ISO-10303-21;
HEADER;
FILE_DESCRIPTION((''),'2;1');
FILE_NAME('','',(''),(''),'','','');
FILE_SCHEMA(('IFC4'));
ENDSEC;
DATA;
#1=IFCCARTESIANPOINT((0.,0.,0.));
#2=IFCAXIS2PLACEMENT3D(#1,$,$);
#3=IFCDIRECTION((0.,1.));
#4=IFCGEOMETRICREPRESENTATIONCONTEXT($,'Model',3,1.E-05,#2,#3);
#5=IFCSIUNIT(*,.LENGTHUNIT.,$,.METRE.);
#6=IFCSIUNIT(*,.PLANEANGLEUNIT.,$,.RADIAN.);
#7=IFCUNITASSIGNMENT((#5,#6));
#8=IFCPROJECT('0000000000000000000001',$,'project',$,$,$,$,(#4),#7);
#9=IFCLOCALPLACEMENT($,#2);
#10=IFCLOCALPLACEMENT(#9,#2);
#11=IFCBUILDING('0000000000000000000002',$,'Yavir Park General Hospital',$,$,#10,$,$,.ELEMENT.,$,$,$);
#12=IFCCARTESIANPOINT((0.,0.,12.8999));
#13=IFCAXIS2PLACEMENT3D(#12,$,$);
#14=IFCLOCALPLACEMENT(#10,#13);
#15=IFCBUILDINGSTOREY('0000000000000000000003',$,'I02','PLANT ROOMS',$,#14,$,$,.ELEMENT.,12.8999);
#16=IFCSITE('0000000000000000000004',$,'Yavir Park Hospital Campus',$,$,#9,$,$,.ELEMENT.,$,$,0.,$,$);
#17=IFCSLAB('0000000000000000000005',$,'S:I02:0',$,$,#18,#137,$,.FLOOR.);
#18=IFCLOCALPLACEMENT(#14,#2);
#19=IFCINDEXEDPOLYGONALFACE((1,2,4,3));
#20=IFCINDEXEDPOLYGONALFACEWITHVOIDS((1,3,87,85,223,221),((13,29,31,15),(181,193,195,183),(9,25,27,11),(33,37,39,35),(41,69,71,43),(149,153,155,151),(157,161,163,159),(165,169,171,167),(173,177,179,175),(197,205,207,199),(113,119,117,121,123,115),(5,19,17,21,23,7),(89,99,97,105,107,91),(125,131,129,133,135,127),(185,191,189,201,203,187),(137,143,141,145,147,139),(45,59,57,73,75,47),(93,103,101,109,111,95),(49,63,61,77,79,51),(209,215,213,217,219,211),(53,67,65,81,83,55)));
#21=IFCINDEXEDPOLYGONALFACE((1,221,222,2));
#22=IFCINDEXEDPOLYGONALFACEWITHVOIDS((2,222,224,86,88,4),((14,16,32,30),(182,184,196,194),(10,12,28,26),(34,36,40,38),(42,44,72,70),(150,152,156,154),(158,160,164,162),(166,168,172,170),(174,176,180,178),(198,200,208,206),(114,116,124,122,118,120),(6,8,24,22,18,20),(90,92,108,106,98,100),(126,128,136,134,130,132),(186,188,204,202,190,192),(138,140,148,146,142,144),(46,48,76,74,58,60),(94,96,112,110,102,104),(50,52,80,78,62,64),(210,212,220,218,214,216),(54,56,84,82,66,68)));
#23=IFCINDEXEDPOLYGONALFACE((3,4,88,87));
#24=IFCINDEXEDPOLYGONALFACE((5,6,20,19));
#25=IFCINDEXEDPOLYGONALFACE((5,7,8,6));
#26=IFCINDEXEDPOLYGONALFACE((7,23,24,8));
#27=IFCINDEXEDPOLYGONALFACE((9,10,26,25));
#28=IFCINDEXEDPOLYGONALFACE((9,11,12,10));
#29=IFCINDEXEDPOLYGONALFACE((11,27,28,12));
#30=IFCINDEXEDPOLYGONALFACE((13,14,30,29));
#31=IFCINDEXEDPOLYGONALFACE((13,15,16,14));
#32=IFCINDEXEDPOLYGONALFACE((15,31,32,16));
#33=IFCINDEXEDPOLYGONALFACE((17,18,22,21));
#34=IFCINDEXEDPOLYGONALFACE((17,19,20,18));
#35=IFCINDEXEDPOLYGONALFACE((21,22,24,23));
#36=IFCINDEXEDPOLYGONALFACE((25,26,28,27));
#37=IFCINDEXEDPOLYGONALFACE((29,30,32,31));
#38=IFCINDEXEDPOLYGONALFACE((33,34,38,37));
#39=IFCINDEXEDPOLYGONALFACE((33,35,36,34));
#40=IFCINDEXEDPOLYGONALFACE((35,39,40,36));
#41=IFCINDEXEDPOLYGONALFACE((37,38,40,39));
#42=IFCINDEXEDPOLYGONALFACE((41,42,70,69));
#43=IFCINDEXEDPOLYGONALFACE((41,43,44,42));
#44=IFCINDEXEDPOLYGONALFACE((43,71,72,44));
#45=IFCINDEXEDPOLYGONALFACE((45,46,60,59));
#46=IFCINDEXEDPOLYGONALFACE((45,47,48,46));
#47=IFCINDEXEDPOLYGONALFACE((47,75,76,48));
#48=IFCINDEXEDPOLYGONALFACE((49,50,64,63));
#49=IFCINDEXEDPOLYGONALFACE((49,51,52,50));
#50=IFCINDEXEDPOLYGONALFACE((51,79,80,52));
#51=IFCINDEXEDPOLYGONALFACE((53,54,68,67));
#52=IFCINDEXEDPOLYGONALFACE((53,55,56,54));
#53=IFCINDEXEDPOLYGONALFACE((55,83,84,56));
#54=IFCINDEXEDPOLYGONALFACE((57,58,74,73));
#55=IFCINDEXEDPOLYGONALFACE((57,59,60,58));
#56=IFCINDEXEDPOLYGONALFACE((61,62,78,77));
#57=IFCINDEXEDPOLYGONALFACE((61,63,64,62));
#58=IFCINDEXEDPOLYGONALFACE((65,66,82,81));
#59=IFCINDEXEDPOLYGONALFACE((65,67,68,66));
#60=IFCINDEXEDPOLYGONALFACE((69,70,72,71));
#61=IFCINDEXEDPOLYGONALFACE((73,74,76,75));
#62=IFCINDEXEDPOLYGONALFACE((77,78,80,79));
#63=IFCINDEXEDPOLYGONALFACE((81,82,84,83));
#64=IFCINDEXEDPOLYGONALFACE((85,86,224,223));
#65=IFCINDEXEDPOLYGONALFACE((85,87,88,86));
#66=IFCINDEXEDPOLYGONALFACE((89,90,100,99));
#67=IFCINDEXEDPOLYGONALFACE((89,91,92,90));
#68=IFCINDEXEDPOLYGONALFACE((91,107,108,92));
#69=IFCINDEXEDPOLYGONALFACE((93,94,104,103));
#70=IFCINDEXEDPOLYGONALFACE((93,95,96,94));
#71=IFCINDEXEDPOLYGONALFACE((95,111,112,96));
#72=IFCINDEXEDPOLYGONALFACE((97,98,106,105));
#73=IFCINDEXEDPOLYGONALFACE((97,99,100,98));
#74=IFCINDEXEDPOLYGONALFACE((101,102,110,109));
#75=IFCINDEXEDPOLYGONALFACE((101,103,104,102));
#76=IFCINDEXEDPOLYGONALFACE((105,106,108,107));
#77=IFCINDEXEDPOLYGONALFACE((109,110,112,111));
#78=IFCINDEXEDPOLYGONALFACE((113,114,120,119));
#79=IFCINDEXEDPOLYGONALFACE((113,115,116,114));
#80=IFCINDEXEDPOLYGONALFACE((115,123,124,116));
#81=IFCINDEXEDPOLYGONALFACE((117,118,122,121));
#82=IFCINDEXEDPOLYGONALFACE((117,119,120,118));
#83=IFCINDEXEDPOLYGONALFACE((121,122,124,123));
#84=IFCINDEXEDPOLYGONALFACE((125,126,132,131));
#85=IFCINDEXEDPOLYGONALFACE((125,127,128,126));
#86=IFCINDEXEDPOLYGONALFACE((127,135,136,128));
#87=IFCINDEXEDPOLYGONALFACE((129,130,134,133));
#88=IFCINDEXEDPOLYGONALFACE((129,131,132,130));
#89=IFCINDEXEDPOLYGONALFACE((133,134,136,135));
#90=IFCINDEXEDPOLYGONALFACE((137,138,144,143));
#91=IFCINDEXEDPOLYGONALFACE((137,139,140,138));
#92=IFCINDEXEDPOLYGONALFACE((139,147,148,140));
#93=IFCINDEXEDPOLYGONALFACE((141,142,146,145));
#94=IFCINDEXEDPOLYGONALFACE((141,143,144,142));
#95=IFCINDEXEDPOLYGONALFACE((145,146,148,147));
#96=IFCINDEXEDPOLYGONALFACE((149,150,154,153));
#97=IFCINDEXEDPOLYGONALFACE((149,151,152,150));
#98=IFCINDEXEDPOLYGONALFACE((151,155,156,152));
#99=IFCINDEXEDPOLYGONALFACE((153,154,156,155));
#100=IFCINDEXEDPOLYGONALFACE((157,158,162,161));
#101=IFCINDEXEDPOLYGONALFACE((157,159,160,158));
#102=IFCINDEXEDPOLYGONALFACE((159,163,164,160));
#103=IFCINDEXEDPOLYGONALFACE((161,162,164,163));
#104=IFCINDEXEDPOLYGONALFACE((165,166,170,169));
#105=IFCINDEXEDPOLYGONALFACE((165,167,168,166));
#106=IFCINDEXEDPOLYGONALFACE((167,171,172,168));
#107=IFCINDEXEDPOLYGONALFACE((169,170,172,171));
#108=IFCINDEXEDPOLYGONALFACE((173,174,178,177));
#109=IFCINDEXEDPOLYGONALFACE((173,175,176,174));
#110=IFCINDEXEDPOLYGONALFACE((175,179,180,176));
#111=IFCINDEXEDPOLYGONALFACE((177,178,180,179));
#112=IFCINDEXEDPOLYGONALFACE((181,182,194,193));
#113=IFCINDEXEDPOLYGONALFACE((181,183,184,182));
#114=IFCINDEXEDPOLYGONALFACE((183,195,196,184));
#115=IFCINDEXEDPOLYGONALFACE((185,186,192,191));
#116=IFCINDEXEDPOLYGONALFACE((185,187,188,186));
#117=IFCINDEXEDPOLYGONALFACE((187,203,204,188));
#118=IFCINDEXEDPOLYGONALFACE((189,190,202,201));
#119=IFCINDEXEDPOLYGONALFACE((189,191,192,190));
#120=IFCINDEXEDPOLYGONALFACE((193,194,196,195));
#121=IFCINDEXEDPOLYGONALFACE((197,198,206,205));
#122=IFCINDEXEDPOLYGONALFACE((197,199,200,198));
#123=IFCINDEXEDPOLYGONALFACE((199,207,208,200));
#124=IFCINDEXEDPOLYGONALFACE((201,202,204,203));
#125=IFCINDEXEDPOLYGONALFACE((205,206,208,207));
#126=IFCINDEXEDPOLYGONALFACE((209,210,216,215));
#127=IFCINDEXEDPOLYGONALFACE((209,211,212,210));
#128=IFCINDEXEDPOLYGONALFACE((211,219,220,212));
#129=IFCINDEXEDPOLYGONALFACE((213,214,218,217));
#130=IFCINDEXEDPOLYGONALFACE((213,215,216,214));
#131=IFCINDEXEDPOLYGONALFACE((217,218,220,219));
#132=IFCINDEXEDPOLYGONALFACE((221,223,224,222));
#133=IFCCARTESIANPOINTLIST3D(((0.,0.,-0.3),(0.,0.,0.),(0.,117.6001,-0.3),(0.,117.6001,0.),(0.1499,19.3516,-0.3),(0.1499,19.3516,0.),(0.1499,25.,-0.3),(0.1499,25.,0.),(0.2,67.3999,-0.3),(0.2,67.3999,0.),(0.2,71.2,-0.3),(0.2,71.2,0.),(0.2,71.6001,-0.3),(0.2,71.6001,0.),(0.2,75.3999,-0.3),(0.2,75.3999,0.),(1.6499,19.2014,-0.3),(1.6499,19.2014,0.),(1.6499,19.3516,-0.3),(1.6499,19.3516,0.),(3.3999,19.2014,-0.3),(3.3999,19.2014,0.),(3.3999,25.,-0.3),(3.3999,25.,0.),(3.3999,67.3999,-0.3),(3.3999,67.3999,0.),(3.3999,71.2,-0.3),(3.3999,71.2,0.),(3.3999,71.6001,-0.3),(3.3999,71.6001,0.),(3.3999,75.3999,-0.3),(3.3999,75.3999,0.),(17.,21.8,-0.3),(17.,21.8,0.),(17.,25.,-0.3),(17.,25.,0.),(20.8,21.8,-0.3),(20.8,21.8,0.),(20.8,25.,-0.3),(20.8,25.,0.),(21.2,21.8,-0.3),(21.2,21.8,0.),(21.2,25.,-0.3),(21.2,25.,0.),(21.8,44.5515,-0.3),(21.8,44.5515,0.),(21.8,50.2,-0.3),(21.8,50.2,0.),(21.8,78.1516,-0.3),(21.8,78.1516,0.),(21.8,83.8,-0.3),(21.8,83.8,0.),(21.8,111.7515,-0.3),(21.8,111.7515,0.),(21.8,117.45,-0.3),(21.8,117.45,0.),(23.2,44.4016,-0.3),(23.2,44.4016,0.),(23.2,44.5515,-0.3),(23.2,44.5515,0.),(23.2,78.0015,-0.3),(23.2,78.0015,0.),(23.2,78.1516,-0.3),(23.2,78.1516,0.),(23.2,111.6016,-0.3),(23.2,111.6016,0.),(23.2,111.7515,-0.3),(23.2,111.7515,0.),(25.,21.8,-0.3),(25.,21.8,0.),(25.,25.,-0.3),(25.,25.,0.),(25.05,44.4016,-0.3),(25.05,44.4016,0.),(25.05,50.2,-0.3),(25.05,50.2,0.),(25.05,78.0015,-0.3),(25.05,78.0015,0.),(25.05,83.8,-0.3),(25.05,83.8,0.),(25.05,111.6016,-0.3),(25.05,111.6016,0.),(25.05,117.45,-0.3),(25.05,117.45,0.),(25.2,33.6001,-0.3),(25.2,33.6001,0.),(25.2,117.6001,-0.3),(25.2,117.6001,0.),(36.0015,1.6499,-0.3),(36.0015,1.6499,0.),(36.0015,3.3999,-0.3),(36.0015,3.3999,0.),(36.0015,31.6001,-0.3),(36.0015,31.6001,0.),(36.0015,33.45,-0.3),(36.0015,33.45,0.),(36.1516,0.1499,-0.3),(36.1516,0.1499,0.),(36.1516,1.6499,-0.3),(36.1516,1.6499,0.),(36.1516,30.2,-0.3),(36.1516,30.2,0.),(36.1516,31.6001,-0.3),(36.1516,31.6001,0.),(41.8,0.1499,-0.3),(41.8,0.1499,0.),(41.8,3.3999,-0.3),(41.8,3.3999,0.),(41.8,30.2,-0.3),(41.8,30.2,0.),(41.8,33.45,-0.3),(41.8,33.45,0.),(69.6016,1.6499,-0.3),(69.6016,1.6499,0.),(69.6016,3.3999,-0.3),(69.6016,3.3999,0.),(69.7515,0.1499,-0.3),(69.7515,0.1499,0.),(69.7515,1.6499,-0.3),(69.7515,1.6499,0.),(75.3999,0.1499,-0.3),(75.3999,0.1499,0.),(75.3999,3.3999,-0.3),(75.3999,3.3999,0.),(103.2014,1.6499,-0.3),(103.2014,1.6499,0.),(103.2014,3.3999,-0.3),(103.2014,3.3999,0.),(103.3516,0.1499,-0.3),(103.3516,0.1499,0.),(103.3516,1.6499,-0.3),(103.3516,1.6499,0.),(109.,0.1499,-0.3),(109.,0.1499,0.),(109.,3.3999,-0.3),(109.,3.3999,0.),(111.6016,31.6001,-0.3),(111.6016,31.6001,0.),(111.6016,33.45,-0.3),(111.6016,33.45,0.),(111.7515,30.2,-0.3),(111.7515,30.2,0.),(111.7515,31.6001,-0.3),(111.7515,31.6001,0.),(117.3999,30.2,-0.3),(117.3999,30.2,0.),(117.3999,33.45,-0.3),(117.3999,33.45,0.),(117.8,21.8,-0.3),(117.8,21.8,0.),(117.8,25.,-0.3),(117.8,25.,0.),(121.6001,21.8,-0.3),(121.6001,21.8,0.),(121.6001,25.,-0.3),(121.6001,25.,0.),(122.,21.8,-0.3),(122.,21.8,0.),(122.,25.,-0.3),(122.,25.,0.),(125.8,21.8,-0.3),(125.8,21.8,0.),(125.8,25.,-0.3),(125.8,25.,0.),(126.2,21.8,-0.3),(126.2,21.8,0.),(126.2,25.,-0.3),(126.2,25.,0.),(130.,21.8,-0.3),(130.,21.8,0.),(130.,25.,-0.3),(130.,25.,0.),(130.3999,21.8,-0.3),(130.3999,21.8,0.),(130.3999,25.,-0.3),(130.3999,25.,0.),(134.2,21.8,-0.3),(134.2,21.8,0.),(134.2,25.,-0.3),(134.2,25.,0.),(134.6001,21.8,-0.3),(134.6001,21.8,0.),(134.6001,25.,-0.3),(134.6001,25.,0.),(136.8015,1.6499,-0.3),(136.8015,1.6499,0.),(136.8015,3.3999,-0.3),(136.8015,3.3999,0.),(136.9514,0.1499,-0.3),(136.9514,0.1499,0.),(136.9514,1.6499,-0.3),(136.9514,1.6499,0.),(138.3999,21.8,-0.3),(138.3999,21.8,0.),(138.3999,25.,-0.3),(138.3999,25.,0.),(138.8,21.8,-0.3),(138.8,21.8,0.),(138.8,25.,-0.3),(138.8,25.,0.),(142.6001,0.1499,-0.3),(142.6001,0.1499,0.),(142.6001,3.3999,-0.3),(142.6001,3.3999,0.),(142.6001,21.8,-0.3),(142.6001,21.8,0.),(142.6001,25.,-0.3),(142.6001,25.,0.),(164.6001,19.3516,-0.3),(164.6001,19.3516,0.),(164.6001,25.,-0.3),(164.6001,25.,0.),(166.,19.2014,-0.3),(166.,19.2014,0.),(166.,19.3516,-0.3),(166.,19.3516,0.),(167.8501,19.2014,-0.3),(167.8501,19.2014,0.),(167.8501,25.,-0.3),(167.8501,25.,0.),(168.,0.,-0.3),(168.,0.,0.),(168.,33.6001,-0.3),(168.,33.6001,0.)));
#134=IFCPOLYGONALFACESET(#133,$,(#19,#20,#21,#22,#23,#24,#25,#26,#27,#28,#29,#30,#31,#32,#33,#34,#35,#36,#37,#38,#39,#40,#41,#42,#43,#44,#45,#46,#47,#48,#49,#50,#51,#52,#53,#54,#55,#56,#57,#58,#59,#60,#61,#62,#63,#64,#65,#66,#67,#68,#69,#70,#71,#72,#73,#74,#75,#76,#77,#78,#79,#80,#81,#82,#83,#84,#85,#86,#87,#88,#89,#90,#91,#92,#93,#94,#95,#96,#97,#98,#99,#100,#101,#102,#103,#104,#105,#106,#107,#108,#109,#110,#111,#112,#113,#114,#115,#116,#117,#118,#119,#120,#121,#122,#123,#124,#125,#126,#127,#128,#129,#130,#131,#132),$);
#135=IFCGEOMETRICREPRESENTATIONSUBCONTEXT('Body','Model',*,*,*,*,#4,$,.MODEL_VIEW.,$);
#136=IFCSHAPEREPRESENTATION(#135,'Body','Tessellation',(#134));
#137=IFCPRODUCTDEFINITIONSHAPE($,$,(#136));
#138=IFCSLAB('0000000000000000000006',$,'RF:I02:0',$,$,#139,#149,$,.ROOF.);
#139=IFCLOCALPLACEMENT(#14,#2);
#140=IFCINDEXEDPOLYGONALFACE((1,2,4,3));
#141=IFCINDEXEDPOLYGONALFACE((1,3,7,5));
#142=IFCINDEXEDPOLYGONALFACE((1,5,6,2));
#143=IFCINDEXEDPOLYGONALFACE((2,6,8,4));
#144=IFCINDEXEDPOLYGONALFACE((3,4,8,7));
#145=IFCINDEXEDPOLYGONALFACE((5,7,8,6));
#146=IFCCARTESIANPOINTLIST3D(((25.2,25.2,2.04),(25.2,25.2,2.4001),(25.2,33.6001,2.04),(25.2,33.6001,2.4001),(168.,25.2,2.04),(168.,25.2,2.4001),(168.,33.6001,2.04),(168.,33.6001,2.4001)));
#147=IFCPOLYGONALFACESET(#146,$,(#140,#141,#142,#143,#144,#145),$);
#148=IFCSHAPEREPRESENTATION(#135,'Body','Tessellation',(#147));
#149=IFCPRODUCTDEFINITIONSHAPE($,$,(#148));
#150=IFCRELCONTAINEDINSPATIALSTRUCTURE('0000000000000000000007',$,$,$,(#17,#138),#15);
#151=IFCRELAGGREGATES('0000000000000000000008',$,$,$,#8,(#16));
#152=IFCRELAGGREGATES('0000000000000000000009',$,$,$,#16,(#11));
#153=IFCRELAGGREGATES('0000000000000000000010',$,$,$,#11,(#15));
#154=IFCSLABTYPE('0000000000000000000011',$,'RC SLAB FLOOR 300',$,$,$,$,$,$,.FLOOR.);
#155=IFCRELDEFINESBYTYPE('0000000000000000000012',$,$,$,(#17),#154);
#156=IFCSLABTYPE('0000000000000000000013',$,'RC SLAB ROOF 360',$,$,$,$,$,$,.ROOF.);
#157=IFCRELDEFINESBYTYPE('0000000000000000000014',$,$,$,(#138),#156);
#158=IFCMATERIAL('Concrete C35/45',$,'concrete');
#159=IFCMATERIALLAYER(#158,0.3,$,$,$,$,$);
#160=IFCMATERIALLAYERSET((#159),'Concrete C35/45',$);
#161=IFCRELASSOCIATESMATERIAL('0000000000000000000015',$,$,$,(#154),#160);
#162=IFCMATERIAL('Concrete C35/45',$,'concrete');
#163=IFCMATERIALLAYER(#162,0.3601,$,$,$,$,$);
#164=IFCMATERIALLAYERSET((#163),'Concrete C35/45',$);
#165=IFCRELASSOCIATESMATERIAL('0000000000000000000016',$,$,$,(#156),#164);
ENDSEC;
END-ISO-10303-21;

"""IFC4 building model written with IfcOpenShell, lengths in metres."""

from ifc_helpers import new_model, si_unit, direction, frame, origin, place, context, subcontext, project, spatial, polyline, outline, extrude, material, layer, layer_set, type_object, element, save


model = new_model("IFC4")

# Units and contexts
model_context = context("Model", 3, precision=1e-05, world=origin(), true_north=direction((0.0, 1.0)))
body_context = subcontext(model_context, "Body", "Model", "MODEL_VIEW")
ifc_project = project(units=[si_unit("LENGTHUNIT", "METRE"), si_unit("PLANEANGLEUNIT", "RADIAN")], contexts=[model_context])

# Site, building, storey
site_placement = place(None, origin())
site = spatial("IfcSite", under=ifc_project, at=site_placement, Name="Yavir Park Hospital Campus", CompositionType="ELEMENT", RefElevation=0.0)
building_placement = place(site_placement, origin())
building = spatial("IfcBuilding", under=site, at=building_placement, Name="Yavir Park General Hospital", CompositionType="ELEMENT")
storey_placement = place(building_placement, frame((0.0, 0.0, 12.8999)))
storey = spatial("IfcBuildingStorey", under=building, at=storey_placement, Name="I02", Description="PLANT ROOMS", CompositionType="ELEMENT", Elevation=12.8999)

# Slabs
ifc_material_1 = material(Name="Concrete C35/45", Category="concrete")
ifc_layer_1 = layer(ifc_material_1, 0.3)
ifc_layer_set_1 = layer_set([ifc_layer_1], Name="Concrete C35/45")
slab_type_1 = type_object("IfcSlabType", Name="RC SLAB FLOOR 300", PredefinedType="FLOOR", material=ifc_layer_set_1)
slab_1_placement = place(storey_placement, frame((0.0, 0.0, -0.3)))
element("IfcSlab", 1, at=slab_1_placement, inside=storey, type_object=slab_type_1, Name="S:I02:0", PredefinedType="FLOOR", context=body_context, shape_type="SweptSolid", body=[
    extrude(outline(polyline([(168.0, 33.6001), (25.2, 33.6001), (25.2, 117.6001), (0.0, 117.6001), (0.0, 0.0), (168.0, 0.0), (168.0, 33.6001)]), holes=[polyline([(17.0, 25.0), (20.8, 25.0), (20.8, 21.8), (17.0, 21.8), (17.0, 25.0)]), polyline([(21.2, 25.0), (25.0, 25.0), (25.0, 21.8), (21.2, 21.8), (21.2, 25.0)]), polyline([(0.2, 67.3999), (0.2, 71.2), (3.3999, 71.2), (3.3999, 67.3999), (0.2, 67.3999)]), polyline([(0.2, 75.3999), (3.3999, 75.3999), (3.3999, 71.6001), (0.2, 71.6001), (0.2, 75.3999)]), polyline([(117.8, 25.0), (121.6001, 25.0), (121.6001, 21.8), (117.8, 21.8), (117.8, 25.0)]), polyline([(122.0, 21.8), (122.0, 25.0), (125.8, 25.0), (125.8, 21.8), (122.0, 21.8)]), polyline([(126.2, 25.0), (130.0, 25.0), (130.0, 21.8), (126.2, 21.8), (126.2, 25.0)]), polyline([(130.3999, 25.0), (134.2, 25.0), (134.2, 21.8), (130.3999, 21.8), (130.3999, 25.0)]), polyline([(134.6001, 21.8), (134.6001, 25.0), (138.3999, 25.0), (138.3999, 21.8), (134.6001, 21.8)]), polyline([(138.8, 25.0), (142.6001, 25.0), (142.6001, 21.8), (138.8, 21.8), (138.8, 25.0)]), polyline([(3.3999, 19.2014), (1.6499, 19.2014), (1.6499, 19.3516), (0.1499, 19.3516), (0.1499, 25.0), (3.3999, 25.0), (3.3999, 19.2014)]), polyline([(41.8, 0.1499), (36.1516, 0.1499), (36.1516, 1.6499), (36.0015, 1.6499), (36.0015, 3.3999), (41.8, 3.3999), (41.8, 0.1499)]), polyline([(69.7515, 1.6499), (69.6016, 1.6499), (69.6016, 3.3999), (75.3999, 3.3999), (75.3999, 0.1499), (69.7515, 0.1499), (69.7515, 1.6499)]), polyline([(103.2014, 3.3999), (109.0, 3.3999), (109.0, 0.1499), (103.3516, 0.1499), (103.3516, 1.6499), (103.2014, 1.6499), (103.2014, 3.3999)]), polyline([(142.6001, 0.1499), (136.9514, 0.1499), (136.9514, 1.6499), (136.8015, 1.6499), (136.8015, 3.3999), (142.6001, 3.3999), (142.6001, 0.1499)]), polyline([(164.6001, 25.0), (167.8501, 25.0), (167.8501, 19.2014), (166.0, 19.2014), (166.0, 19.3516), (164.6001, 19.3516), (164.6001, 25.0)]), polyline([(36.0015, 33.45), (41.8, 33.45), (41.8, 30.2), (36.1516, 30.2), (36.1516, 31.6001), (36.0015, 31.6001), (36.0015, 33.45)]), polyline([(117.3999, 30.2), (111.7515, 30.2), (111.7515, 31.6001), (111.6016, 31.6001), (111.6016, 33.45), (117.3999, 33.45), (117.3999, 30.2)]), polyline([(21.8, 50.2), (25.05, 50.2), (25.05, 44.4016), (23.2, 44.4016), (23.2, 44.5515), (21.8, 44.5515), (21.8, 50.2)]), polyline([(25.05, 78.0015), (23.2, 78.0015), (23.2, 78.1516), (21.8, 78.1516), (21.8, 83.8), (25.05, 83.8), (25.05, 78.0015)]), polyline([(23.2, 111.7515), (21.8, 111.7515), (21.8, 117.45), (25.05, 117.45), (25.05, 111.6016), (23.2, 111.6016), (23.2, 111.7515)])]), origin(), (0.0, 0.0, 1.0), 0.3),
])
ifc_material_2 = material(Name="Concrete C35/45", Category="concrete")
ifc_layer_2 = layer(ifc_material_2, 0.3601)
ifc_layer_set_2 = layer_set([ifc_layer_2], Name="Concrete C35/45")
slab_type_2 = type_object("IfcSlabType", Name="RC SLAB ROOF 360", PredefinedType="ROOF", material=ifc_layer_set_2)
slab_2_placement = place(storey_placement, frame((0.0, 0.0, 2.04)))
element("IfcSlab", 2, at=slab_2_placement, inside=storey, type_object=slab_type_2, Name="RF:I02:0", PredefinedType="ROOF", context=body_context, shape_type="SweptSolid", body=[
    extrude(outline(polyline([(168.0, 25.2), (168.0, 33.6001), (25.2, 33.6001), (25.2, 25.2), (168.0, 25.2)])), origin(), (0.0, 0.0, 1.0), 0.3601),
])

save(model, "model.ifc")
